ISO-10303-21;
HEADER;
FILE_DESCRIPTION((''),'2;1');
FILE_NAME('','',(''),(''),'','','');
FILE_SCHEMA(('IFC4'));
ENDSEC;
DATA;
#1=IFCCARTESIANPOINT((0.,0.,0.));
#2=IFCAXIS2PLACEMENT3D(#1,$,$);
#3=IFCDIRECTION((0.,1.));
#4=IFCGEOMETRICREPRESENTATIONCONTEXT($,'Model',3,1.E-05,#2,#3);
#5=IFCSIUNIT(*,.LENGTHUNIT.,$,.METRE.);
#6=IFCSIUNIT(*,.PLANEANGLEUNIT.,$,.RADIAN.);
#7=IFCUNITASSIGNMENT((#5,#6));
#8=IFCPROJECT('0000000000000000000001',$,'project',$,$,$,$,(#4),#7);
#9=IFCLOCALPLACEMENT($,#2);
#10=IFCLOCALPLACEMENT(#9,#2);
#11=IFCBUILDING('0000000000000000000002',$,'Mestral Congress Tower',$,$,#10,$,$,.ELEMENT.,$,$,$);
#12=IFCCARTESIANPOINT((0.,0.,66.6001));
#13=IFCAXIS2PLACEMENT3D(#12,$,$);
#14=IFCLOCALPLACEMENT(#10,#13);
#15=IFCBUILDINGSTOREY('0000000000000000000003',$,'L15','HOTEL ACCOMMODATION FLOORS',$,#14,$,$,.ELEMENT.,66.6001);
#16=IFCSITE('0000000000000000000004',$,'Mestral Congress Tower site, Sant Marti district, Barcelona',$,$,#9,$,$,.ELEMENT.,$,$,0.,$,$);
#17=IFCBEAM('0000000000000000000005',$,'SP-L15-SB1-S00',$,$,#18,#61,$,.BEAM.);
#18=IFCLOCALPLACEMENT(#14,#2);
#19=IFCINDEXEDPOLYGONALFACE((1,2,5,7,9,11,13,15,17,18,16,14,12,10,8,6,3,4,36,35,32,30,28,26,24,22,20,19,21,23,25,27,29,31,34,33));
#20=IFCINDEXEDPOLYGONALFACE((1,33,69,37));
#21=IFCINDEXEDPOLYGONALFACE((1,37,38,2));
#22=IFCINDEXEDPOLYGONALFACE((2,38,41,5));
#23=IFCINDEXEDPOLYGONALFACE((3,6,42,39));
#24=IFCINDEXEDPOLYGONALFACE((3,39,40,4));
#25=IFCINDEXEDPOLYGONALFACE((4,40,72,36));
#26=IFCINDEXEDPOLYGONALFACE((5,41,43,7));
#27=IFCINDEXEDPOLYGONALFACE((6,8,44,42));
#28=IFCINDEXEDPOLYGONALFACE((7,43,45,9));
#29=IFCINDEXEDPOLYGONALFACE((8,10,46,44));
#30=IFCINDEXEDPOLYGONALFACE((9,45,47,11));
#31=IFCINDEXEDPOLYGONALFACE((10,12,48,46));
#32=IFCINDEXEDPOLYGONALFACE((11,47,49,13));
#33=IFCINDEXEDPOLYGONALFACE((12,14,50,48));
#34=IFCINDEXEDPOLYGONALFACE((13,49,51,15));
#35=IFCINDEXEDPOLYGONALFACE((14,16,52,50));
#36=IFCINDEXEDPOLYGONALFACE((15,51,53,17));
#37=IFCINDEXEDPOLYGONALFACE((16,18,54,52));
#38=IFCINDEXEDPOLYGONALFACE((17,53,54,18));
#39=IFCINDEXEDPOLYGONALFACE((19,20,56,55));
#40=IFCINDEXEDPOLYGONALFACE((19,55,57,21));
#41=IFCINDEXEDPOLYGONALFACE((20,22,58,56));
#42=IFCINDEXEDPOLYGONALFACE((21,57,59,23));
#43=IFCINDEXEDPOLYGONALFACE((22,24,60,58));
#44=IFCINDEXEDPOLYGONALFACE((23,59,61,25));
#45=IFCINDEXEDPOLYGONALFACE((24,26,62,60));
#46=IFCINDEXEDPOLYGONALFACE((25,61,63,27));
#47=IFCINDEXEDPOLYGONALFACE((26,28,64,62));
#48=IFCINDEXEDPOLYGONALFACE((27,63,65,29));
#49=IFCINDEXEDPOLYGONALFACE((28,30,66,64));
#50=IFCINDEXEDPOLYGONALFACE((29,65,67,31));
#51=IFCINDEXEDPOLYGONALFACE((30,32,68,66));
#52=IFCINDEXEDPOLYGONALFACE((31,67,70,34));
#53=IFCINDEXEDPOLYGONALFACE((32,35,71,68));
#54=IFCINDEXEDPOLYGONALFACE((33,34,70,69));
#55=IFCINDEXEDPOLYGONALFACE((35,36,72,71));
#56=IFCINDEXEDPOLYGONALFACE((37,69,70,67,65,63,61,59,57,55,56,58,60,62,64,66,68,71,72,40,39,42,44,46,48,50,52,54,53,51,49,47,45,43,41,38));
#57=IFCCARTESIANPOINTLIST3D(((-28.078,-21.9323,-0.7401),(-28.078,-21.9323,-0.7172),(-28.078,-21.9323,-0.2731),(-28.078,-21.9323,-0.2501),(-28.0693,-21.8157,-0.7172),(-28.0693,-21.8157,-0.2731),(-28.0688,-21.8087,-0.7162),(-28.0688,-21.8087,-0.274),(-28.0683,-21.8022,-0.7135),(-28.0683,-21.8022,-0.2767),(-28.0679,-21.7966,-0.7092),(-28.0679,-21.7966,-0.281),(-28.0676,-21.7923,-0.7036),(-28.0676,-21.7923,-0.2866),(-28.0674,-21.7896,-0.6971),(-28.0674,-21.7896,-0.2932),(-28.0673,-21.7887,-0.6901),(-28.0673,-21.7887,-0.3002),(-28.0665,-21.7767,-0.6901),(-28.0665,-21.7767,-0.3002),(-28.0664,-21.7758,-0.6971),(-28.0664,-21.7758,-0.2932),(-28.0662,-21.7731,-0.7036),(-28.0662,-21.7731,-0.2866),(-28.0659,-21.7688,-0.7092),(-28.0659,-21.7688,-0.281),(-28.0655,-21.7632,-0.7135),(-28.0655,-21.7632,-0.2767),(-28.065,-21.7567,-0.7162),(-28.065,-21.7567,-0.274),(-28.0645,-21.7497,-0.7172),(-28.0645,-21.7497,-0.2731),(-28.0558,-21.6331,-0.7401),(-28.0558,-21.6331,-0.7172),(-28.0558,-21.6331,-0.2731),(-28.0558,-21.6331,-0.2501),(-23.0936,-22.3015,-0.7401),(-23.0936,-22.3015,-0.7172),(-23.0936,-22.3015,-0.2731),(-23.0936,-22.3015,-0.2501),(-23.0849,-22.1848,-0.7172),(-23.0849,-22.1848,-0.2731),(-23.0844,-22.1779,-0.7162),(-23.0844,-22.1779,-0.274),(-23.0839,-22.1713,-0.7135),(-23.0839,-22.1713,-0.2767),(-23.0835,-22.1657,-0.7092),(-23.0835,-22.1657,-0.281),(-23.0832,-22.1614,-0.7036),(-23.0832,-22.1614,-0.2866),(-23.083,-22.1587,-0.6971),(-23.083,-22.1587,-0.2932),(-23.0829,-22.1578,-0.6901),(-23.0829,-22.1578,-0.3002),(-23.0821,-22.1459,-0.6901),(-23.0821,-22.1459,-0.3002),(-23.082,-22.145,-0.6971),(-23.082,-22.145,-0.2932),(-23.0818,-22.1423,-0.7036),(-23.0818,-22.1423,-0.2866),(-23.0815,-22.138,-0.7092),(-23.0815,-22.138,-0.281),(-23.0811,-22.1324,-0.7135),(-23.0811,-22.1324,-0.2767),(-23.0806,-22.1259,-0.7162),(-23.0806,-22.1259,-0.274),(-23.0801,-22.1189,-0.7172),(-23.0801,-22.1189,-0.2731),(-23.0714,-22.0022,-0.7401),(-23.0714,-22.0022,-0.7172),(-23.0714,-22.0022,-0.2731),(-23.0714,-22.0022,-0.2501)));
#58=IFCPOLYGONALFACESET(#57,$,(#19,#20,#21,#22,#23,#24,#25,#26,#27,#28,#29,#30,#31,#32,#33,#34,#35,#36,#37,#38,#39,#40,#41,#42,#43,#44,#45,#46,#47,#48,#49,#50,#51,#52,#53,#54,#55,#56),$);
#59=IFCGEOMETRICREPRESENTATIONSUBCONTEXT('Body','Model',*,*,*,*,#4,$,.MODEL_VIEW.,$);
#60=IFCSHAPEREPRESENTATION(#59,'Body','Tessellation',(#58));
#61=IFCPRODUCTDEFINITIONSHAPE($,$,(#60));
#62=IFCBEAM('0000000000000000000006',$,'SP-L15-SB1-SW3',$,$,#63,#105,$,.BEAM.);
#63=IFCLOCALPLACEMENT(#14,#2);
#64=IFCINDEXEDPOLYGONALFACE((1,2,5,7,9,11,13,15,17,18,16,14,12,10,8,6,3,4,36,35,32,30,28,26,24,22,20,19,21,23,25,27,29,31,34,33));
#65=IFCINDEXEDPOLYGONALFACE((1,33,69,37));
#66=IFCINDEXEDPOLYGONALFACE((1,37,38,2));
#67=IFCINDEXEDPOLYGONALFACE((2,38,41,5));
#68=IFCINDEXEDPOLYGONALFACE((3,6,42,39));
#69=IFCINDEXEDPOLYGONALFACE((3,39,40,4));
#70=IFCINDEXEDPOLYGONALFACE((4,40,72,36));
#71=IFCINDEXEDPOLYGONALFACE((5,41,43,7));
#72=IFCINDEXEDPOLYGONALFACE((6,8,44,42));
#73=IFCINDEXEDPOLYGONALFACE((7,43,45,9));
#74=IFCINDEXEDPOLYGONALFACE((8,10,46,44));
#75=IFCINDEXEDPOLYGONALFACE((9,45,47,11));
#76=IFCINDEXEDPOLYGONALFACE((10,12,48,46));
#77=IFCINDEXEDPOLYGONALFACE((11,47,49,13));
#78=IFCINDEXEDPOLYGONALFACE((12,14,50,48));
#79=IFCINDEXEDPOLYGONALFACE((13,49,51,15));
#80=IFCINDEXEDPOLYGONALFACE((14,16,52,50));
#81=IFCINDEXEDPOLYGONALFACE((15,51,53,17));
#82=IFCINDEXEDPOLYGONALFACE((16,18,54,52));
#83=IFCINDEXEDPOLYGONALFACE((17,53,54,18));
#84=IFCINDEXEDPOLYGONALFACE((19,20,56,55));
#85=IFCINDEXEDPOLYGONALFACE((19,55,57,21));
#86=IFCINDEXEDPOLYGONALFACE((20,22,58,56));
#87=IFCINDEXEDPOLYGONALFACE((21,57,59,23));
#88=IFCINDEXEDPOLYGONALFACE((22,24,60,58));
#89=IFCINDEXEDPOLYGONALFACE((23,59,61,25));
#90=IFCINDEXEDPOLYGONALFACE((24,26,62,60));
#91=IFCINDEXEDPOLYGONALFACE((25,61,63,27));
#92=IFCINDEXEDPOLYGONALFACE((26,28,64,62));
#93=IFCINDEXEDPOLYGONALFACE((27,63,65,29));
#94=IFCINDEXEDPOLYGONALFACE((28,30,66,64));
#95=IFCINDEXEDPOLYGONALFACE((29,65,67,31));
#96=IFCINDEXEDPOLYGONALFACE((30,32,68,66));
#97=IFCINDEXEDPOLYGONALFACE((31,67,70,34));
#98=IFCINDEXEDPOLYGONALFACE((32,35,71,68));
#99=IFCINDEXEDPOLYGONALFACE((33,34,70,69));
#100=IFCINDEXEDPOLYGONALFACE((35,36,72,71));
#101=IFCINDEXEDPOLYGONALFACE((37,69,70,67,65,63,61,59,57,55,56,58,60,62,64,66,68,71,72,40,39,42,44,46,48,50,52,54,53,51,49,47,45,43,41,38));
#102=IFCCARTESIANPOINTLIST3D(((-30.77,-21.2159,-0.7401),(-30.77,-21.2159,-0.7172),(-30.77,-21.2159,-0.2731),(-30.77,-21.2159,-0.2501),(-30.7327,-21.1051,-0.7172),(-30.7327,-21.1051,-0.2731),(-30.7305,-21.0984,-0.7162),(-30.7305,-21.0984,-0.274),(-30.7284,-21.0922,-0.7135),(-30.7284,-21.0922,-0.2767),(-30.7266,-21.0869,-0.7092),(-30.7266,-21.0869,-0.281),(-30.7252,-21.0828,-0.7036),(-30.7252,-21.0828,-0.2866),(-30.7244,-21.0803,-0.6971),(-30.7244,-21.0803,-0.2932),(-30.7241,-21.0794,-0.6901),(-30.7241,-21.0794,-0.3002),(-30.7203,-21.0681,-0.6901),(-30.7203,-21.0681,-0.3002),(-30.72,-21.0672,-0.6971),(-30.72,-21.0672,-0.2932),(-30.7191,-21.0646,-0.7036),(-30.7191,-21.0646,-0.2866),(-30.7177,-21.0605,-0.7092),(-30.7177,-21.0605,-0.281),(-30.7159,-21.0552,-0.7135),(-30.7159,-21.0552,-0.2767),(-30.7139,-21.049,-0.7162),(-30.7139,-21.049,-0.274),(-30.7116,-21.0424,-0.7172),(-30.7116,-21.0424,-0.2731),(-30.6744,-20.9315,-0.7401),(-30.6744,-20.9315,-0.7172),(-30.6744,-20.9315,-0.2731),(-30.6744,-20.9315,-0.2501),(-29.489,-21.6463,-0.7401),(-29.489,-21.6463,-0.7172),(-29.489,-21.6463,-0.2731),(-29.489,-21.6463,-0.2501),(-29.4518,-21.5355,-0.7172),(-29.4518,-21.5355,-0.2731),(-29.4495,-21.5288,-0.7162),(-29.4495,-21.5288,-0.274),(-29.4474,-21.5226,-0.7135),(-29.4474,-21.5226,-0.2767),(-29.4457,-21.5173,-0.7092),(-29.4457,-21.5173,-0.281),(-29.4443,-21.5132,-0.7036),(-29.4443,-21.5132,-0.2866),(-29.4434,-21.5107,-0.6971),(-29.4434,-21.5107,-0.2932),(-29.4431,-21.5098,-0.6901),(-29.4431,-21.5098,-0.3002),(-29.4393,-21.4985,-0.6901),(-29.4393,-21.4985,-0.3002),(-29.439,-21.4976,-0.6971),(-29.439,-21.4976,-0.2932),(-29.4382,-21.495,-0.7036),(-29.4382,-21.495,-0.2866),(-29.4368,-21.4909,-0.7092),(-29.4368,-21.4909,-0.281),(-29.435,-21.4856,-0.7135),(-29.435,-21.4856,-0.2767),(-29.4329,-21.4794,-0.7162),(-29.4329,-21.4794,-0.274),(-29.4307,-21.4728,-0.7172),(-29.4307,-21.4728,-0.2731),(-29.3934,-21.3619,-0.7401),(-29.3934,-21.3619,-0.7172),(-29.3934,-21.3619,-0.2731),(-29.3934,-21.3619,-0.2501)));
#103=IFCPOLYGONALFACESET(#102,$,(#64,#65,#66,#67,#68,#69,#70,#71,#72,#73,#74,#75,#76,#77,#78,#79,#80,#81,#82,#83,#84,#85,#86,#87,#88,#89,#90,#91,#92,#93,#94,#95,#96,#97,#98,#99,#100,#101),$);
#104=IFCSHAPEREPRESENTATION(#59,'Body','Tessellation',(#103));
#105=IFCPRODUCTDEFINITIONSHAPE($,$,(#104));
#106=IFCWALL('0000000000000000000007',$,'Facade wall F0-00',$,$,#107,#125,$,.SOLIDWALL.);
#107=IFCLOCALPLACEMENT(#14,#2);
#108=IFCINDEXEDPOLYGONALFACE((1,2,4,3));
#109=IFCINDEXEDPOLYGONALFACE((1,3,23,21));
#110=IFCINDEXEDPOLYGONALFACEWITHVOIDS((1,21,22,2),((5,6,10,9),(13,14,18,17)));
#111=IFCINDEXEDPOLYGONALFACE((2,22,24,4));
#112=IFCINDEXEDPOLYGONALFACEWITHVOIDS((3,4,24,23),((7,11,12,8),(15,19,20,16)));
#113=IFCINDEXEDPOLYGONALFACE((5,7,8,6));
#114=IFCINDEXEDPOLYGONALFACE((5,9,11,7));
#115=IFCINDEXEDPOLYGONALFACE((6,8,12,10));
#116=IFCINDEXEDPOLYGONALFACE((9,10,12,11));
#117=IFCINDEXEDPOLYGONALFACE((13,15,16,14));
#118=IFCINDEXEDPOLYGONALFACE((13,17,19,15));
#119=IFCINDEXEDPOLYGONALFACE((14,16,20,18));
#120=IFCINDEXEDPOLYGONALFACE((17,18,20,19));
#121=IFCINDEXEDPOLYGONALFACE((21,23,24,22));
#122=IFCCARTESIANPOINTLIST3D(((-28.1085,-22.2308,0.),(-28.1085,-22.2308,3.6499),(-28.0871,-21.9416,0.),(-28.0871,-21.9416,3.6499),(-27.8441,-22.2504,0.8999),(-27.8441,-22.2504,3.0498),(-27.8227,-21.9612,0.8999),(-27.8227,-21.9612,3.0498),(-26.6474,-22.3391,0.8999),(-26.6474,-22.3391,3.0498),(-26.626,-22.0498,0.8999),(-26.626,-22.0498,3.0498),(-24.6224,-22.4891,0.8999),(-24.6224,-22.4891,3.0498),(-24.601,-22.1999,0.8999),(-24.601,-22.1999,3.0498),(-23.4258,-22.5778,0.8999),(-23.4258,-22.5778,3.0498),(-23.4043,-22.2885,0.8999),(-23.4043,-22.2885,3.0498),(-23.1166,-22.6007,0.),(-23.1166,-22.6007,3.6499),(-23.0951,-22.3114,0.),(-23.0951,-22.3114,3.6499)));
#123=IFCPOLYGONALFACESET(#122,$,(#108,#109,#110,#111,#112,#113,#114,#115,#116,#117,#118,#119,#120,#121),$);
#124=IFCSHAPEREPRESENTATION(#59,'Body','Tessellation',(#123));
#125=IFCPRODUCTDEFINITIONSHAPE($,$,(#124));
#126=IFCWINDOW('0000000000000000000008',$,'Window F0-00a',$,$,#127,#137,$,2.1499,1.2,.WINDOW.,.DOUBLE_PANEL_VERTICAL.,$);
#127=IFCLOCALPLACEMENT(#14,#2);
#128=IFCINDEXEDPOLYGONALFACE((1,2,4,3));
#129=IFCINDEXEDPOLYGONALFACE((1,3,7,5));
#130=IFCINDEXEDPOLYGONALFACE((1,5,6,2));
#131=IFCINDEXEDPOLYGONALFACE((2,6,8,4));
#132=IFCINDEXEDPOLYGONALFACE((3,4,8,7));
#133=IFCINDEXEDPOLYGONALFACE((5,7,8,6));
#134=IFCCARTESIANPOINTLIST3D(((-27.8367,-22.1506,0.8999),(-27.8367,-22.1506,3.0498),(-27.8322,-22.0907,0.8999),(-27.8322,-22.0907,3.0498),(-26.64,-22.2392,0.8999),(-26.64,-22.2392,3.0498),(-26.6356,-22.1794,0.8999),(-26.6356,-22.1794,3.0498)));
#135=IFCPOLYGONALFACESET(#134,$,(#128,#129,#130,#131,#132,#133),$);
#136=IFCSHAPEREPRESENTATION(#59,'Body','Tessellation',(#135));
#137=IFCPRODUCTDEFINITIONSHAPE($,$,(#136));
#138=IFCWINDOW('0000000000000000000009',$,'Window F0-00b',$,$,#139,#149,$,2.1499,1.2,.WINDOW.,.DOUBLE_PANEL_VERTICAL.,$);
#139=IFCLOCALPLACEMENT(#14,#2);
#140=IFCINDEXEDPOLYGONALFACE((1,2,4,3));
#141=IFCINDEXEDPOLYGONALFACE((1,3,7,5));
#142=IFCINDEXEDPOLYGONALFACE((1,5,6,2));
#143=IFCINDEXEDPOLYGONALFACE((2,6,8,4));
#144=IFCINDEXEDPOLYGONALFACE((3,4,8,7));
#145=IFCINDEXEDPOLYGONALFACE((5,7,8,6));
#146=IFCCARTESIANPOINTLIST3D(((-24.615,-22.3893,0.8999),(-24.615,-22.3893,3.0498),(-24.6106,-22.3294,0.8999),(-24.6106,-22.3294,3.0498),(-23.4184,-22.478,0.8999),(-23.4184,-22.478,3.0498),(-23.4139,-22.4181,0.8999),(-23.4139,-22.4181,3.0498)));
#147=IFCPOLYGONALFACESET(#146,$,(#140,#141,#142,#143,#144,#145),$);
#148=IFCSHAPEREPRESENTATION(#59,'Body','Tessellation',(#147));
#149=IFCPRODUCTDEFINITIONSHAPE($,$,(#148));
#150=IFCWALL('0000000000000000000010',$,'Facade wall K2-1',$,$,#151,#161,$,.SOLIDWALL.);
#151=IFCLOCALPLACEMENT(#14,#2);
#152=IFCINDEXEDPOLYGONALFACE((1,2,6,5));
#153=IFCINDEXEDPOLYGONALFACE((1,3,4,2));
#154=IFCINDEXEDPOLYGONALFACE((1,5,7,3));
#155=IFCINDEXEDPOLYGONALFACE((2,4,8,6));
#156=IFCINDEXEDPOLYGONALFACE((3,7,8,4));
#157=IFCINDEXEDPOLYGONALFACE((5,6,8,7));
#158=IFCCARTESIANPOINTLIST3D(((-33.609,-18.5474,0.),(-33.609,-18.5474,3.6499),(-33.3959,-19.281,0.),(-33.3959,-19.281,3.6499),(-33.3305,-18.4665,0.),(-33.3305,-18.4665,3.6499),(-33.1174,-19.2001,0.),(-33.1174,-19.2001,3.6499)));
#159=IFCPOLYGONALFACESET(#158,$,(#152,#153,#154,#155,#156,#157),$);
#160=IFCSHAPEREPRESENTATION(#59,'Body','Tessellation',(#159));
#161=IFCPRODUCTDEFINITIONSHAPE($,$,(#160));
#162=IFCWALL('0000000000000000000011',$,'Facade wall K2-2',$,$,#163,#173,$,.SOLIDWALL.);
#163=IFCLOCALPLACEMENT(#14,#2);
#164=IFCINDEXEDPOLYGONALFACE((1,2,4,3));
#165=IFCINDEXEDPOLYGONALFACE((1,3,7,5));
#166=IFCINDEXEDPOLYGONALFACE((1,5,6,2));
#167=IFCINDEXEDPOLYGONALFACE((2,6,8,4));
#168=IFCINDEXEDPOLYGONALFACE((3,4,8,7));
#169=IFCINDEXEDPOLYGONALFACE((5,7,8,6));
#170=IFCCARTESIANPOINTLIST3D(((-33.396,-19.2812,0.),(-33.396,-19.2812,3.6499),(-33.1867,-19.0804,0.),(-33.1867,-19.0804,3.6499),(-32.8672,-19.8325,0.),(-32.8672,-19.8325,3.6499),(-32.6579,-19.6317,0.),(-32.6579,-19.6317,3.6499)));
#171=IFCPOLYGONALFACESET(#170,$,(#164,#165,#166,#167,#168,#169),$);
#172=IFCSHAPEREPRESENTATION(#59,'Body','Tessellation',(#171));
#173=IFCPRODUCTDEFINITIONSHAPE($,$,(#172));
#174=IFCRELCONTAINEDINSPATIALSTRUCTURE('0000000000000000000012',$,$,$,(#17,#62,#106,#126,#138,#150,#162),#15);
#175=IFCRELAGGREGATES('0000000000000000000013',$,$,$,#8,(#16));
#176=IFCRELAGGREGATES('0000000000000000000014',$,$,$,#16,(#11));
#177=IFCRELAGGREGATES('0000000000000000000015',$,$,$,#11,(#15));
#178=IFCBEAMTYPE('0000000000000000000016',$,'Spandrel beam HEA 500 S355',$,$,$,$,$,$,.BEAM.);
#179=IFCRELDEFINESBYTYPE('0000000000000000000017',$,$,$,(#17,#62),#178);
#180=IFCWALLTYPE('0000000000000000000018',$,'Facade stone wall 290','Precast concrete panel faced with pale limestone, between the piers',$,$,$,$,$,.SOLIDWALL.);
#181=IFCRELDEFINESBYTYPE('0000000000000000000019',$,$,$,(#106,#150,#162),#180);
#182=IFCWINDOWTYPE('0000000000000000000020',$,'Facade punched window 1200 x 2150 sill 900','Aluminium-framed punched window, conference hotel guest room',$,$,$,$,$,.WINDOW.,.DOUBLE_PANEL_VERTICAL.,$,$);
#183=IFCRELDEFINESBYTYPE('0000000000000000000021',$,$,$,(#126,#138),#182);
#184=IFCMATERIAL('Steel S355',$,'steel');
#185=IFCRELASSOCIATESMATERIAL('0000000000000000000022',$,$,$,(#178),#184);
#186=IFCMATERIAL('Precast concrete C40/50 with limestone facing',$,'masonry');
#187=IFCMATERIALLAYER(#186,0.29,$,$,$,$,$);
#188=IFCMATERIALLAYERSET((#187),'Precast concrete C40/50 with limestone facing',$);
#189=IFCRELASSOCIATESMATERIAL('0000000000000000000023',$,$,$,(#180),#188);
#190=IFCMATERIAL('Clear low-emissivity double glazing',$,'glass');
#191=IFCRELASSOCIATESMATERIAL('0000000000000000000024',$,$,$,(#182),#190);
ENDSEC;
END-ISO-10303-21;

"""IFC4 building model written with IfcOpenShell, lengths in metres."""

from ifc_helpers import new_model, si_unit, direction, frame, frame_2d, origin, origin_2d, place, context, subcontext, project, spatial, rectangle, i_section, extrude, material, layer, layer_set, material_profile, profile_set, type_object, element, fill, save


model = new_model("IFC4")

# Units and contexts
model_context = context("Model", 3, precision=1e-05, world=origin(), true_north=direction((0.0, 1.0)))
body_context = subcontext(model_context, "Body", "Model", "MODEL_VIEW")
ifc_project = project(units=[si_unit("LENGTHUNIT", "METRE"), si_unit("PLANEANGLEUNIT", "RADIAN")], contexts=[model_context])

# Site, building, storey
site_placement = place(None, origin())
site = spatial("IfcSite", under=ifc_project, at=site_placement, Name="Mestral Congress Tower site, Sant Marti district, Barcelona", CompositionType="ELEMENT", RefElevation=0.0)
building_placement = place(site_placement, origin())
building = spatial("IfcBuilding", under=site, at=building_placement, Name="Mestral Congress Tower", CompositionType="ELEMENT")
storey_placement = place(building_placement, frame((0.0, 0.0, 66.6001)))
storey = spatial("IfcBuildingStorey", under=building, at=storey_placement, Name="L15", Description="HOTEL ACCOMMODATION FLOORS", CompositionType="ELEMENT", Elevation=66.6001)

# Beams
ifc_material_1 = material(Name="Steel S355", Category="steel")
ifc_material_profile_1 = material_profile(ifc_material_1, i_section(OverallWidth=0.3, OverallDepth=0.49, WebThickness=0.012, FlangeThickness=0.0229, FilletRadius=0.0271, at=origin_2d()), Name="HEA 500")
ifc_profile_set_1 = profile_set([ifc_material_profile_1], Name="Steel S355")
beam_type_1 = type_object("IfcBeamType", Name="Spandrel beam HEA 500 S355", PredefinedType="BEAM", material=ifc_profile_set_1)
beam_1_placement = place(storey_placement, frame((-28.0669, -21.7827, -0.4951), z_axis=(0.997269, -0.073857, 0.0), x_axis=(0.073857, 0.997269, 0.0)))
element("IfcBeam", 1, at=beam_1_placement, inside=storey, type_object=beam_type_1, Name="SP-L15-SB1-S00", PredefinedType="BEAM", context=body_context, shape_type="SweptSolid", body=[
    extrude(i_section(OverallWidth=0.3, OverallDepth=0.49, WebThickness=0.012, FlangeThickness=0.0229, FilletRadius=0.0271, at=origin_2d()), origin(), (0.0, 0.0, 1.0), 4.998),
])
beam_2_placement = place(storey_placement, frame((-30.7222, -21.0737, -0.4951), z_axis=(0.947922, -0.318503, 0.0), x_axis=(0.318503, 0.947922, 0.0)))
element("IfcBeam", 2, at=beam_2_placement, inside=storey, type_object=beam_type_1, Name="SP-L15-SB1-SW3", PredefinedType="BEAM", context=body_context, shape_type="SweptSolid", body=[
    extrude(i_section(OverallWidth=0.3, OverallDepth=0.49, WebThickness=0.012, FlangeThickness=0.0229, FilletRadius=0.0271, at=origin_2d()), origin(), (0.0, 0.0, 1.0), 1.3513),
])

# Wall, openings, windows
ifc_material_2 = material(Name="Precast concrete C40/50 with limestone facing", Category="masonry")
ifc_layer = layer(ifc_material_2, 0.29)
ifc_layer_set = layer_set([ifc_layer], Name="Precast concrete C40/50 with limestone facing")
wall_type = type_object("IfcWallType", Name="Facade stone wall 290", Description="Precast concrete panel faced with pale limestone, between the piers", PredefinedType="SOLIDWALL", material=ifc_layer_set)
wall_1_placement = place(storey_placement, frame((-28.0979, -22.0862, 0.0), z_axis=(0.0, 0.0, 1.0), x_axis=(0.997266, -0.073891, 0.0)))
wall_1 = element("IfcWall", 3, at=wall_1_placement, inside=storey, type_object=wall_type, Name="Facade wall F0-00", PredefinedType="SOLIDWALL", context=body_context, shape_type="SweptSolid", body=[
    extrude(rectangle(XDim=5.0056, YDim=0.29, at=frame_2d((2.5029, 0.0))), origin(), (0.0, 0.0, 1.0), 3.6499),
])
opening_1_placement = place(wall_1_placement, frame((0.2651, 0.0, 0.8999)))
opening_1 = element("IfcOpeningElement", 4, at=opening_1_placement, cuts=wall_1, PredefinedType="OPENING", context=body_context, shape_type="SweptSolid", body=[
    extrude(rectangle(XDim=1.2, YDim=2.1499, at=frame_2d((0.6001, 1.075))), frame((0.0, 0.155, 0.0), z_axis=(0.0, -1.0, 0.0), x_axis=(1.0, 0.0, 0.0)), (0.0, 0.0, 1.0), 0.3101),
])
opening_2_placement = place(wall_1_placement, frame((3.4956, 0.0, 0.8999)))
opening_2 = element("IfcOpeningElement", 5, at=opening_2_placement, cuts=wall_1, PredefinedType="OPENING", context=body_context, shape_type="SweptSolid", body=[
    extrude(rectangle(XDim=1.2, YDim=2.1499, at=frame_2d((0.6001, 1.075))), frame((0.0, 0.155, 0.0), z_axis=(0.0, -1.0, 0.0), x_axis=(1.0, 0.0, 0.0)), (0.0, 0.0, 1.0), 0.3101),
])
ifc_material_3 = material(Name="Clear low-emissivity double glazing", Category="glass")
window_type_1 = type_object("IfcWindowType", Name="Facade punched window 1200 x 2150 sill 900", Description="Aluminium-framed punched window, conference hotel guest room", PartitioningType="DOUBLE_PANEL_VERTICAL", PredefinedType="WINDOW", material=ifc_material_3)
window_1_placement = place(opening_1_placement, origin())
window_1 = element("IfcWindow", 6, at=window_1_placement, inside=storey, type_object=window_type_1, Name="Window F0-00a", OverallHeight=2.1499, OverallWidth=1.2, PartitioningType="DOUBLE_PANEL_VERTICAL", PredefinedType="WINDOW", context=body_context, shape_type="SweptSolid", body=[
    extrude(rectangle(XDim=1.2, YDim=2.1499, at=frame_2d((0.6001, 1.075))), frame((0.0, 0.0151, 0.0), z_axis=(0.0, -1.0, 0.0), x_axis=(1.0, 0.0, 0.0)), (0.0, 0.0, 1.0), 0.0601),
])
fill(opening_1, window_1)
window_2_placement = place(opening_2_placement, origin())
window_2 = element("IfcWindow", 7, at=window_2_placement, inside=storey, type_object=window_type_1, Name="Window F0-00b", OverallHeight=2.1499, OverallWidth=1.2, PartitioningType="DOUBLE_PANEL_VERTICAL", PredefinedType="WINDOW", context=body_context, shape_type="SweptSolid", body=[
    extrude(rectangle(XDim=1.2, YDim=2.1499, at=frame_2d((0.6001, 1.075))), frame((0.0, 0.0151, 0.0), z_axis=(0.0, -1.0, 0.0), x_axis=(1.0, 0.0, 0.0)), (0.0, 0.0, 1.0), 0.0601),
])
fill(opening_2, window_2)

# Walls
for number, where, z_axis, x_axis, name in (
    (8, (-33.4697, -18.5071, 0.0), (0.0, 0.0, 1.0), (0.278981, -0.960297, 0.0), "Facade wall K2-1"),
    (9, (-33.2913, -19.1809, 0.0), (0.0, 0.0, 1.0), (0.692252, -0.721656, 0.0), "Facade wall K2-2"),
):
    element("IfcWall", number, at=place(storey_placement, frame(where, z_axis=z_axis, x_axis=x_axis)), inside=storey, type_object=wall_type, Name=name, PredefinedType="SOLIDWALL", context=body_context, shape_type="SweptSolid", body=[
        extrude(rectangle(XDim=0.7639, YDim=0.29, at=frame_2d((0.3818, 0.0))), origin(), (0.0, 0.0, 1.0), 3.6499),
    ])

save(model, "model.ifc")
